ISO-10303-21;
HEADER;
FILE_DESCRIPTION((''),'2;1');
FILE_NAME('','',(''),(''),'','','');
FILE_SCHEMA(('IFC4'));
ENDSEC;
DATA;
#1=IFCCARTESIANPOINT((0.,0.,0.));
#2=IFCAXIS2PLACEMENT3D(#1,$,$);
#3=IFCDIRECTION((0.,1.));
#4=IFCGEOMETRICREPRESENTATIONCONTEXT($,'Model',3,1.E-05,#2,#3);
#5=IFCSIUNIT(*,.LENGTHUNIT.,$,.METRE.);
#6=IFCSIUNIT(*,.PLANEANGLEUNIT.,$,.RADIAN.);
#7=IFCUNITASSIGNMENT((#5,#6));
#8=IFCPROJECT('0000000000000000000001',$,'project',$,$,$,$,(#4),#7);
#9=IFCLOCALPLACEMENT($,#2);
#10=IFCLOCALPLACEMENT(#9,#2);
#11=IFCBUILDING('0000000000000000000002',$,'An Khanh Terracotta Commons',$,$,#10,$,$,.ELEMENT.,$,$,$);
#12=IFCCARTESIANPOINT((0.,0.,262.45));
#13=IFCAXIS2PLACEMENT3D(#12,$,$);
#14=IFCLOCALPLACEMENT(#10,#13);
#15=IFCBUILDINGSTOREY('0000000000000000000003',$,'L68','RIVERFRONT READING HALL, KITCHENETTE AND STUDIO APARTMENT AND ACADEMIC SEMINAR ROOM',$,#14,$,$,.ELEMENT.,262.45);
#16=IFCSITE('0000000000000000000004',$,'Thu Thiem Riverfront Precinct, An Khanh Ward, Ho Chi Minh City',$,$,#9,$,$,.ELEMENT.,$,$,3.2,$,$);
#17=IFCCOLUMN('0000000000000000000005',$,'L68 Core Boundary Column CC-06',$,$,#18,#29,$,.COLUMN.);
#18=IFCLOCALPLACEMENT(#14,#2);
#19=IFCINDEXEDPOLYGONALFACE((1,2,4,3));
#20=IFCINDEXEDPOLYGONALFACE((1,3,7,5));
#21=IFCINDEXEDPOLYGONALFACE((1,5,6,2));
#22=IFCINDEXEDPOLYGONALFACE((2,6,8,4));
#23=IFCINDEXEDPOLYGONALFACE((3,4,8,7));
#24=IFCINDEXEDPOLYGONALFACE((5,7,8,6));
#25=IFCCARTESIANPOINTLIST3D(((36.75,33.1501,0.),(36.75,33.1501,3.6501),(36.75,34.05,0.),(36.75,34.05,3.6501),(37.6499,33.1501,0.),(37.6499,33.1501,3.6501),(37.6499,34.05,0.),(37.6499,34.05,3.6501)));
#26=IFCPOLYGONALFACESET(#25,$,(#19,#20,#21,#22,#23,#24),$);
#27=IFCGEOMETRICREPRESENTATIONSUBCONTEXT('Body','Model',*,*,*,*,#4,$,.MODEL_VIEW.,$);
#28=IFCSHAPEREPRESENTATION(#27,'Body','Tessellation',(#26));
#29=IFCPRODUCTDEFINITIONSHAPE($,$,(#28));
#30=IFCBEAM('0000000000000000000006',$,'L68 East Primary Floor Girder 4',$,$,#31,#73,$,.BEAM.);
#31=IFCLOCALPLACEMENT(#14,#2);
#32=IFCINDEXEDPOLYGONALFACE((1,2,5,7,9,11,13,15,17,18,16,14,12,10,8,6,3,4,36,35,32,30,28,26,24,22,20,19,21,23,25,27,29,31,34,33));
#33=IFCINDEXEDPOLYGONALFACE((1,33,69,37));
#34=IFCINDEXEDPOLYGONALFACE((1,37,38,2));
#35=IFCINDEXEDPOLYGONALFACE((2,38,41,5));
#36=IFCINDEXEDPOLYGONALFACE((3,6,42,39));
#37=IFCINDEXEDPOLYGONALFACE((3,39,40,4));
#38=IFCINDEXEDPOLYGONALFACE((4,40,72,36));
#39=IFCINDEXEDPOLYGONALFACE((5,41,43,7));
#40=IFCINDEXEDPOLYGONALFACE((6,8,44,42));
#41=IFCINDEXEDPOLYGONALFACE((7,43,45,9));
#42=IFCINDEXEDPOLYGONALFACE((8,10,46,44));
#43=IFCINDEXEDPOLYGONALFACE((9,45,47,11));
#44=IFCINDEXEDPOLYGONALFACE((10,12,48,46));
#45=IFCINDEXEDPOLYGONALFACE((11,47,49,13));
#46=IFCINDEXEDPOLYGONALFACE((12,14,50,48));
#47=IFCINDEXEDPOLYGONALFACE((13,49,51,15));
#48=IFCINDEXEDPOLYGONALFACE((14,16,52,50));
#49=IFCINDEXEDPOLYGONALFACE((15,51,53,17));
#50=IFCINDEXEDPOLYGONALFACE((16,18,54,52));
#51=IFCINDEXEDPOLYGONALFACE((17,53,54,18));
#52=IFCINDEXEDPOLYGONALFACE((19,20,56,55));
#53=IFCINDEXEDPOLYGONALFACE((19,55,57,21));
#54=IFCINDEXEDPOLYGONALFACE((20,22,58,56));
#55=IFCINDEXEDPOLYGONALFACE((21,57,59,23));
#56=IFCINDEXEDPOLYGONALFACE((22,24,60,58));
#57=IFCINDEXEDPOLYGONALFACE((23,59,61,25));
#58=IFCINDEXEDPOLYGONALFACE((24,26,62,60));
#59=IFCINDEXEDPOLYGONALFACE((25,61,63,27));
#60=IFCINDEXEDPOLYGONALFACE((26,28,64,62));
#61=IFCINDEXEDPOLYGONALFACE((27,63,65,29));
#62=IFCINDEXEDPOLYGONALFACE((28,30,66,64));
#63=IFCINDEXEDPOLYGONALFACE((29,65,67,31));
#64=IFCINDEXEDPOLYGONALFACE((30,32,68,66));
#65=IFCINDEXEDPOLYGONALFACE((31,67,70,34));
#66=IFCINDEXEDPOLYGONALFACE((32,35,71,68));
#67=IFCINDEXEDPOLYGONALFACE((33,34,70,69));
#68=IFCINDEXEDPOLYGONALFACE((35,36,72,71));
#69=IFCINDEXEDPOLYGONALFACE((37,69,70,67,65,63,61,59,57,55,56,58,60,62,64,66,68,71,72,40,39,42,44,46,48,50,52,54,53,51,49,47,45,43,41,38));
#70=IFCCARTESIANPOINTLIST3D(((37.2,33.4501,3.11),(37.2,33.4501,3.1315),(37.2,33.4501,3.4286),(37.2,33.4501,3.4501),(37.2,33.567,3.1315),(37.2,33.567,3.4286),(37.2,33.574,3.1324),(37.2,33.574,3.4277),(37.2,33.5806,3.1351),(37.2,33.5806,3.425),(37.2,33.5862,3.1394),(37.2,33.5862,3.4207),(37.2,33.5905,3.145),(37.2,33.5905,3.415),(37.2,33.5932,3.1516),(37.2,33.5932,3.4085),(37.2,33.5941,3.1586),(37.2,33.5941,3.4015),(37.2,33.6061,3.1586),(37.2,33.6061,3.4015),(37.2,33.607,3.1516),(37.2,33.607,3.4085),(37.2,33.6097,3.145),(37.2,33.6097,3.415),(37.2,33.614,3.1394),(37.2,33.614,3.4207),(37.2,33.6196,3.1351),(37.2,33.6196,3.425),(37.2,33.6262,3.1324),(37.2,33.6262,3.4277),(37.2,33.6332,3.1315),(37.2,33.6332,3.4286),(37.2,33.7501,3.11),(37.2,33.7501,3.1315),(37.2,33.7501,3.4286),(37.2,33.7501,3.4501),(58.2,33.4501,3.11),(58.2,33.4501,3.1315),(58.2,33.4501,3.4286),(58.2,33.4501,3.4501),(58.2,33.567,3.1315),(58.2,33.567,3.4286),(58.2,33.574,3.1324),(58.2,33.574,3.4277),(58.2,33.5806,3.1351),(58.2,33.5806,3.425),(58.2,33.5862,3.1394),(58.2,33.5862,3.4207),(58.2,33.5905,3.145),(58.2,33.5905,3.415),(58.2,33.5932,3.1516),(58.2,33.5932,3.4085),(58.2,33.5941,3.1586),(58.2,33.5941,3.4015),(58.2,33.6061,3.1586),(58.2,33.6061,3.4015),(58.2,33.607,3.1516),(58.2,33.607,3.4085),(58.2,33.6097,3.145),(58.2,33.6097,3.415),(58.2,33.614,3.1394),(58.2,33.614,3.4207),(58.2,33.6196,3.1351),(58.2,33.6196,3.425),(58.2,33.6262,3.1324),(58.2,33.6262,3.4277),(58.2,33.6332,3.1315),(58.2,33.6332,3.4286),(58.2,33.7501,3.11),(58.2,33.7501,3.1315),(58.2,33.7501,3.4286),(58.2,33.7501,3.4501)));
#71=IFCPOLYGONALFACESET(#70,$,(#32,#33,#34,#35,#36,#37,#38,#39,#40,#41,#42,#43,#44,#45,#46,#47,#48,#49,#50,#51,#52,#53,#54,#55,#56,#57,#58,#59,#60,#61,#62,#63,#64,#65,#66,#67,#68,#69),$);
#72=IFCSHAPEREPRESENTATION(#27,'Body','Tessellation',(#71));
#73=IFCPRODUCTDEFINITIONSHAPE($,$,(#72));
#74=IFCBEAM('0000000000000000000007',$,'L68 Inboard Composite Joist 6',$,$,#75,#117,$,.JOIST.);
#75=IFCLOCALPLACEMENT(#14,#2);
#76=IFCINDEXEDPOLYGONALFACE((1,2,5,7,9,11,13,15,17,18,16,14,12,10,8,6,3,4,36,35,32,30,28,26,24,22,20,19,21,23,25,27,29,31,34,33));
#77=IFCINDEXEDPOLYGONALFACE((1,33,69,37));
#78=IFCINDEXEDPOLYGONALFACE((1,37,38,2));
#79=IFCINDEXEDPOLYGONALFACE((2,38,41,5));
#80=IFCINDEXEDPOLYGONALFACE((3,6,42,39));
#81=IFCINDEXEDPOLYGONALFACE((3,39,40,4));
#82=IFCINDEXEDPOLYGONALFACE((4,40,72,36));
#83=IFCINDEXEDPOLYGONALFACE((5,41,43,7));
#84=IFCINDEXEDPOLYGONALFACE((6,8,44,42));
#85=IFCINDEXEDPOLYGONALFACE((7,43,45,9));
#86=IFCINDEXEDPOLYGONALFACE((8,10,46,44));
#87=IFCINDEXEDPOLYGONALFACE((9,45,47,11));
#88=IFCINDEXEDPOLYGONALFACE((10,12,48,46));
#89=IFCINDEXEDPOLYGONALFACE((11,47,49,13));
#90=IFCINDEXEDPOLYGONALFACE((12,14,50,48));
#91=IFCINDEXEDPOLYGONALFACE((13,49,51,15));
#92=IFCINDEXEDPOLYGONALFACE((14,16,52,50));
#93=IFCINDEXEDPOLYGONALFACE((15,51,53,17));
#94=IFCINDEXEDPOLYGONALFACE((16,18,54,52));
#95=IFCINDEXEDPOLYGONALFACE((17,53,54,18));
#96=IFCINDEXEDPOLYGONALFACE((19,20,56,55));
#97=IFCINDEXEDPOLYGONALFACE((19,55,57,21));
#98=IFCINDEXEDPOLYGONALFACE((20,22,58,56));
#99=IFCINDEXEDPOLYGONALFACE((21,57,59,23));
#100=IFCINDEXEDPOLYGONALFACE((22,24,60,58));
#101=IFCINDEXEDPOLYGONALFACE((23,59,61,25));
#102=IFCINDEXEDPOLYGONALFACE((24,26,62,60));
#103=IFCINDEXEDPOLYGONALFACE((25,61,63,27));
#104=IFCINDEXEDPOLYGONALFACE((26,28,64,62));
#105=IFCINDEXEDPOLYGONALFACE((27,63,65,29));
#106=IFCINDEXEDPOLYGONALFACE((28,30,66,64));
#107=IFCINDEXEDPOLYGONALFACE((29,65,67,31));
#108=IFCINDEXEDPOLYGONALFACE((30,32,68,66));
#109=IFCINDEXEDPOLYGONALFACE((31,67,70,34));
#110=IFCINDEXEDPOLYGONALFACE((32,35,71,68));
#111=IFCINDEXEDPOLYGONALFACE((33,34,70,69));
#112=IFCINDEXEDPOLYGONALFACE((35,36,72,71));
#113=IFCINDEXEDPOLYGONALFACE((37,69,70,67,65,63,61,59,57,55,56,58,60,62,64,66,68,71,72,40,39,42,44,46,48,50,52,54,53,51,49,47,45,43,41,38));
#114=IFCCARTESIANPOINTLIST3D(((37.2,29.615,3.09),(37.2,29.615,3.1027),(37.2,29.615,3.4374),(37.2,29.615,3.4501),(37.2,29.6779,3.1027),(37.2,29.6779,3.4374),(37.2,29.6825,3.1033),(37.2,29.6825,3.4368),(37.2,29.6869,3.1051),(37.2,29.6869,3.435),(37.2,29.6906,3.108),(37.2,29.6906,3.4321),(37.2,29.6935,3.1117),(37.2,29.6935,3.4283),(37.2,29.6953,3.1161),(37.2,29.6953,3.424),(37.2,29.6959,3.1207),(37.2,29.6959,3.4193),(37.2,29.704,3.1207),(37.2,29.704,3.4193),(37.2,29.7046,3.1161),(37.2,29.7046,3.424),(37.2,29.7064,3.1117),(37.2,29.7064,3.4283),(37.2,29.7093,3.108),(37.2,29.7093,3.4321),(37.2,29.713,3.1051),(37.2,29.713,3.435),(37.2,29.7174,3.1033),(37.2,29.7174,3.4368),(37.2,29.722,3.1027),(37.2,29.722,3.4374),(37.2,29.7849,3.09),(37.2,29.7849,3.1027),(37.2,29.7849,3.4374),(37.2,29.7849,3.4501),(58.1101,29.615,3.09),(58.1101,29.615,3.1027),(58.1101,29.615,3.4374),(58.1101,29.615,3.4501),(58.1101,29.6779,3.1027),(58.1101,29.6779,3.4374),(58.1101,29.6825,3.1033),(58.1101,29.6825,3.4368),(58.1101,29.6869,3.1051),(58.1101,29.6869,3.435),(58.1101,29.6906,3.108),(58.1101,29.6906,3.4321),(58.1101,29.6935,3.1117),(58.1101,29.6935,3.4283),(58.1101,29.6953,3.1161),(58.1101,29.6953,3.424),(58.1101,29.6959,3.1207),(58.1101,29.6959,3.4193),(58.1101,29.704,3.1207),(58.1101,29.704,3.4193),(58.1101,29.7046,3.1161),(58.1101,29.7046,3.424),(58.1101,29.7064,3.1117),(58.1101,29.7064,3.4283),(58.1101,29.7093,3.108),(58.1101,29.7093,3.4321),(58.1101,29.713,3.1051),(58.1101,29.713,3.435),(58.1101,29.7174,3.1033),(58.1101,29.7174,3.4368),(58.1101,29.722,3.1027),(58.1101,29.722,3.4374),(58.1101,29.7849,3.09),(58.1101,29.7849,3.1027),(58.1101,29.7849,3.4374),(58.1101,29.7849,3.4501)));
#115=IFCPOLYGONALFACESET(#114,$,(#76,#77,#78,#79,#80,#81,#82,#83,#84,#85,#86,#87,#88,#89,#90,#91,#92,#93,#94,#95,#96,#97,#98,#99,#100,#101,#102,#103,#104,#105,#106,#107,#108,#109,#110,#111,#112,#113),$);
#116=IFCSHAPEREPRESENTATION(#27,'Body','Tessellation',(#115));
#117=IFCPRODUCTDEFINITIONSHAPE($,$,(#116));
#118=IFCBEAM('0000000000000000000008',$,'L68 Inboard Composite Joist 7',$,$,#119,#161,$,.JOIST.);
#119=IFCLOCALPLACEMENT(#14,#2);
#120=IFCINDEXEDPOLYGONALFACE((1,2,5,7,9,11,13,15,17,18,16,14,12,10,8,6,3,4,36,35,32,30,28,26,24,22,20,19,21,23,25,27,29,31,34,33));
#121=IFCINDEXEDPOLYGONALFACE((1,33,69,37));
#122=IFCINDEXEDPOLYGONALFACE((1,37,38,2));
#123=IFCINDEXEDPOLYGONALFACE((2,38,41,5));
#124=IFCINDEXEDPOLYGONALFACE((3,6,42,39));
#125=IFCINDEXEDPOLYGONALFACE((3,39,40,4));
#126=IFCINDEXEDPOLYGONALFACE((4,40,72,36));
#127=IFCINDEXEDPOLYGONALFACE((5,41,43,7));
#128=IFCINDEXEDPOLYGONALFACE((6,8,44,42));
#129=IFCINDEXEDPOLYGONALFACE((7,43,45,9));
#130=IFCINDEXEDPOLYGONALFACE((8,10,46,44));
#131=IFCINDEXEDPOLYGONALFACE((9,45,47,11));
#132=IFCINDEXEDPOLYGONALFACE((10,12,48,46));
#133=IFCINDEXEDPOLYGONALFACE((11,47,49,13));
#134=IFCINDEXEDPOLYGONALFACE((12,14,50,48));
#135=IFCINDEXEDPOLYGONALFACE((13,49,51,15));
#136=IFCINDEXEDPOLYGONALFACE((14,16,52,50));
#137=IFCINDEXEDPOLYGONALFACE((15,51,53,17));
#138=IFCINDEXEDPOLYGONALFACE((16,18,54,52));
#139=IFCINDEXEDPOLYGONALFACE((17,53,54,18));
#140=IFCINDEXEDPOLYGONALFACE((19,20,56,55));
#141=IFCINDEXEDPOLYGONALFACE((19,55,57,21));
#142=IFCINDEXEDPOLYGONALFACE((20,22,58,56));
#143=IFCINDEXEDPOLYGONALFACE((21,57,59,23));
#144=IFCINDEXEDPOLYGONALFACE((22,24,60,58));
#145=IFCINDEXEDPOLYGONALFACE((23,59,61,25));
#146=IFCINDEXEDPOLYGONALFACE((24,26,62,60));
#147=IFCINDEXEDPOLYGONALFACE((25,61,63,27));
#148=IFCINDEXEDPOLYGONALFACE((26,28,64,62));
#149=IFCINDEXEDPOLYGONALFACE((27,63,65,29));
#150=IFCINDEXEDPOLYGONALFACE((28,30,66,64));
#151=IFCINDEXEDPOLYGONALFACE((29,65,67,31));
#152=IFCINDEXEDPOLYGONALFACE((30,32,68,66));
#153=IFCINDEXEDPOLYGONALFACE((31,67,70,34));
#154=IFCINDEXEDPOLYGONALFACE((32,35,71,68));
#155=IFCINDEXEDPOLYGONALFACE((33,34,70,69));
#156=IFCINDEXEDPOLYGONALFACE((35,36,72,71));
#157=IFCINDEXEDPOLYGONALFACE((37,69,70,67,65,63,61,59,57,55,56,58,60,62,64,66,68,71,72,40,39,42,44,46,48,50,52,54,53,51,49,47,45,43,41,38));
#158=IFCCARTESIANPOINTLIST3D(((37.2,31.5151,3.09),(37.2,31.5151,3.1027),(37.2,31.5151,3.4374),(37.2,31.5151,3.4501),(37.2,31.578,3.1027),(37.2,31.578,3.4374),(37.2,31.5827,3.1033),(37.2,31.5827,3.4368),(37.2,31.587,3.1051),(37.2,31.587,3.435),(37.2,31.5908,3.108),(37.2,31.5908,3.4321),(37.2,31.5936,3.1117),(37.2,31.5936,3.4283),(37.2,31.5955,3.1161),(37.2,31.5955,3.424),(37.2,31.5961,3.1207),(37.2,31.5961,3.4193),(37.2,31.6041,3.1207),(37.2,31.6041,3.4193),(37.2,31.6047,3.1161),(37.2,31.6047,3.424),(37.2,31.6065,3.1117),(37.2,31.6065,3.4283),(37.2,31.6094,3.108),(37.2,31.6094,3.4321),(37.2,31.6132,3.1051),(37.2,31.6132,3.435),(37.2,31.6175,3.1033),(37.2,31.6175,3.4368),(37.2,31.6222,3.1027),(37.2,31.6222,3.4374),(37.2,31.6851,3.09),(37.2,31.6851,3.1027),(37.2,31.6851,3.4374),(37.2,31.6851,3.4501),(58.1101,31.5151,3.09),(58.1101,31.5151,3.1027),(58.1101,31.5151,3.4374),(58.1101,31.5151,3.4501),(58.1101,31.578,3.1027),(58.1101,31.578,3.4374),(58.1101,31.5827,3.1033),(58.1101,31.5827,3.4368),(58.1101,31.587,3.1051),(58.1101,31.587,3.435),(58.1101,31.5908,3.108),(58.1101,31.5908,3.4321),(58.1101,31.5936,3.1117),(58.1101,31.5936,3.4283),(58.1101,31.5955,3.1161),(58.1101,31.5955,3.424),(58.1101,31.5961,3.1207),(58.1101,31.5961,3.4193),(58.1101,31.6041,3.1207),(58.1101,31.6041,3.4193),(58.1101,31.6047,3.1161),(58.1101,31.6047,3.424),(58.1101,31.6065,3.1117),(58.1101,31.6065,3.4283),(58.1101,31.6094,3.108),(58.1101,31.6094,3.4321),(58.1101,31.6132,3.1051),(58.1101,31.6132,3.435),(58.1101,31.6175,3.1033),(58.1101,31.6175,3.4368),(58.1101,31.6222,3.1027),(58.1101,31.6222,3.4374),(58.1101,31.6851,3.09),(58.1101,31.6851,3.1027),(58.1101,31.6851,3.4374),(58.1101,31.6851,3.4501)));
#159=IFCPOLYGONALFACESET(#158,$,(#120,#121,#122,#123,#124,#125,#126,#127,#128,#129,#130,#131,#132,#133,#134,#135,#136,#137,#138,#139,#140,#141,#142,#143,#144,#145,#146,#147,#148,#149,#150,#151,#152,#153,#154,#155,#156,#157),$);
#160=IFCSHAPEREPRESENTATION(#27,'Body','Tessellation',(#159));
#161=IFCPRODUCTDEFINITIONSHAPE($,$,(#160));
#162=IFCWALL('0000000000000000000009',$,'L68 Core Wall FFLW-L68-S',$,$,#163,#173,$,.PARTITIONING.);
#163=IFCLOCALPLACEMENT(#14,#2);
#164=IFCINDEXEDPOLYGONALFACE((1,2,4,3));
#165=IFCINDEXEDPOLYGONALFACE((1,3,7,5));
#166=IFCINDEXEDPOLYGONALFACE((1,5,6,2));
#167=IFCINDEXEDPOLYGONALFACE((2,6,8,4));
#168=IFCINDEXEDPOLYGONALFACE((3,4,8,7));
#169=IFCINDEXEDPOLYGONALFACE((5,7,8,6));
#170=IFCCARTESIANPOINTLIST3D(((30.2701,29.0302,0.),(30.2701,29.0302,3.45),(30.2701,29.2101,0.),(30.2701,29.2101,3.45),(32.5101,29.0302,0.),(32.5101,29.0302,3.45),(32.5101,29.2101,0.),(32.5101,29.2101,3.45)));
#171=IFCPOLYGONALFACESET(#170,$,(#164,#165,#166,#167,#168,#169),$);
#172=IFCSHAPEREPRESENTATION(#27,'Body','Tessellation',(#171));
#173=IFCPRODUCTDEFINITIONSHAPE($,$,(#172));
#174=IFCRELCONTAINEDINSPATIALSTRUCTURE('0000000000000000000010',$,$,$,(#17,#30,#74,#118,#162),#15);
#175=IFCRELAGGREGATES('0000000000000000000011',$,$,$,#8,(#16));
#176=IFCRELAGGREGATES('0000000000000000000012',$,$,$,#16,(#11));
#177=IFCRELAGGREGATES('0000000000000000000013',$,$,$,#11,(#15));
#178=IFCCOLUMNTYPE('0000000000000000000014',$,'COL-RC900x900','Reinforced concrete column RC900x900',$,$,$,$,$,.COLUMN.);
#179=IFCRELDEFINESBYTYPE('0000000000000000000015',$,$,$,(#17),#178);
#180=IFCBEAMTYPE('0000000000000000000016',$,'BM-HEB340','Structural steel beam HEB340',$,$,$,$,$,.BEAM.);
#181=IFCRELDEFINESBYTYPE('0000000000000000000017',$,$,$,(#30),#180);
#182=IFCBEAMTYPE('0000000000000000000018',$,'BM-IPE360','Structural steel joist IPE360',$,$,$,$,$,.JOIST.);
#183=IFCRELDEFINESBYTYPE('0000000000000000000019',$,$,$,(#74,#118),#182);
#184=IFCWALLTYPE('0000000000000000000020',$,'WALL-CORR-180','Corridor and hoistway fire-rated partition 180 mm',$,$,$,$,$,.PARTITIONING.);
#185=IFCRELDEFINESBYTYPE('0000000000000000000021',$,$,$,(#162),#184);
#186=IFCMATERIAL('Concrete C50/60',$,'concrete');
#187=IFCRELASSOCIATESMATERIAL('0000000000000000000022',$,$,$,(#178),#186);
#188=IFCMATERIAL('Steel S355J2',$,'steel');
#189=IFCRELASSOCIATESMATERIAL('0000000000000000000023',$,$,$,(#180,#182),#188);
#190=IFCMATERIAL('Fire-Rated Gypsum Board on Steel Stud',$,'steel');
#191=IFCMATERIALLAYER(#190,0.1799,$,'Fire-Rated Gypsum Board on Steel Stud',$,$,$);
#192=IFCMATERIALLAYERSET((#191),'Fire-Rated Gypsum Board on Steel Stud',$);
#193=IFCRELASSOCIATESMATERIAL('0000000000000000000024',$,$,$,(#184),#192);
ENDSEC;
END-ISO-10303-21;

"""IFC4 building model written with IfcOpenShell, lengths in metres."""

from ifc_helpers import new_model, si_unit, direction, frame, frame_2d, origin, origin_2d, place, context, subcontext, project, spatial, rectangle, i_section, extrude, material, layer, layer_set, material_profile, profile_set, type_object, element, save


model = new_model("IFC4")

# Units and contexts
model_context = context("Model", 3, precision=1e-05, world=origin(), true_north=direction((0.0, 1.0)))
body_context = subcontext(model_context, "Body", "Model", "MODEL_VIEW")
ifc_project = project(units=[si_unit("LENGTHUNIT", "METRE"), si_unit("PLANEANGLEUNIT", "RADIAN")], contexts=[model_context])

# Site, building, storey
site_placement = place(None, origin())
site = spatial("IfcSite", under=ifc_project, at=site_placement, Name="Thu Thiem Riverfront Precinct, An Khanh Ward, Ho Chi Minh City", CompositionType="ELEMENT", RefElevation=3.2)
building_placement = place(site_placement, origin())
building = spatial("IfcBuilding", under=site, at=building_placement, Name="An Khanh Terracotta Commons", CompositionType="ELEMENT")
storey_placement = place(building_placement, frame((0.0, 0.0, 262.45)))
storey = spatial("IfcBuildingStorey", under=building, at=storey_placement, Name="L68", Description="RIVERFRONT READING HALL, KITCHENETTE AND STUDIO APARTMENT AND ACADEMIC SEMINAR ROOM", CompositionType="ELEMENT", Elevation=262.45)

# Column
ifc_material_1 = material(Name="Concrete C50/60", Category="concrete")
ifc_material_profile_1 = material_profile(ifc_material_1, rectangle(XDim=0.8999, YDim=0.8999, at=origin_2d()), Name="RC900x900")
ifc_profile_set_1 = profile_set([ifc_material_profile_1], Name="Concrete C50/60")
column_type = type_object("IfcColumnType", Name="COL-RC900x900", Description="Reinforced concrete column RC900x900", PredefinedType="COLUMN", material=ifc_profile_set_1)
column_placement = place(storey_placement, frame((37.2, 33.6001, 0.0), z_axis=(0.0, 0.0, 1.0), x_axis=(1.0, 0.0, 0.0)))
element("IfcColumn", 1, at=column_placement, inside=storey, type_object=column_type, Name="L68 Core Boundary Column CC-06", PredefinedType="COLUMN", context=body_context, shape_type="SweptSolid", body=[
    extrude(rectangle(XDim=0.8999, YDim=0.8999, at=origin_2d()), origin(), (0.0, 0.0, 1.0), 3.6501),
])

# Beams
ifc_material_2 = material(Name="Steel S355J2", Category="steel")
ifc_material_profile_2 = material_profile(ifc_material_2, i_section(OverallWidth=0.3, OverallDepth=0.3401, WebThickness=0.012, FlangeThickness=0.0215, FilletRadius=0.0271, at=origin_2d()), Name="HEB340")
ifc_profile_set_2 = profile_set([ifc_material_profile_2], Name="Steel S355J2")
beam_type_1 = type_object("IfcBeamType", Name="BM-HEB340", Description="Structural steel beam HEB340", PredefinedType="BEAM", material=ifc_profile_set_2)
beam_placement = place(storey_placement, frame((37.2, 33.6001, 3.28), z_axis=(1.0, 0.0, 0.0), x_axis=(0.0, 1.0, 0.0)))
element("IfcBeam", 2, at=beam_placement, inside=storey, type_object=beam_type_1, Name="L68 East Primary Floor Girder 4", PredefinedType="BEAM", context=body_context, shape_type="SweptSolid", body=[
    extrude(i_section(OverallWidth=0.3, OverallDepth=0.3401, WebThickness=0.012, FlangeThickness=0.0215, FilletRadius=0.0271, at=origin_2d()), origin(), (0.0, 0.0, 1.0), 21.0),
])
ifc_material_profile_3 = material_profile(ifc_material_2, i_section(OverallWidth=0.1699, OverallDepth=0.3601, WebThickness=0.0081, FlangeThickness=0.0127, FilletRadius=0.0181, at=origin_2d()), Name="IPE360")
ifc_profile_set_3 = profile_set([ifc_material_profile_3], Name="Steel S355J2")
beam_type_2 = type_object("IfcBeamType", Name="BM-IPE360", Description="Structural steel joist IPE360", PredefinedType="JOIST", material=ifc_profile_set_3)
for number, where, z_axis, x_axis, name in (
    (3, (37.2, 29.7, 3.27), (1.0, 0.0, 0.0), (0.0, 1.0, 0.0), "L68 Inboard Composite Joist 6"),
    (4, (37.2, 31.6001, 3.27), (1.0, 0.0, 0.0), (0.0, 1.0, 0.0), "L68 Inboard Composite Joist 7"),
):
    element("IfcBeam", number, at=place(storey_placement, frame(where, z_axis=z_axis, x_axis=x_axis)), inside=storey, type_object=beam_type_2, Name=name, PredefinedType="JOIST", context=body_context, shape_type="SweptSolid", body=[
        extrude(i_section(OverallWidth=0.1699, OverallDepth=0.3601, WebThickness=0.0081, FlangeThickness=0.0127, FilletRadius=0.0181, at=origin_2d()), origin(), (0.0, 0.0, 1.0), 20.9102),
    ])

# Wall
ifc_material_3 = material(Name="Fire-Rated Gypsum Board on Steel Stud", Category="steel")
ifc_layer_1 = layer(ifc_material_3, 0.1799, Name="Fire-Rated Gypsum Board on Steel Stud")
ifc_layer_set_1 = layer_set([ifc_layer_1], Name="Fire-Rated Gypsum Board on Steel Stud")
wall_type_1 = type_object("IfcWallType", Name="WALL-CORR-180", Description="Corridor and hoistway fire-rated partition 180 mm", PredefinedType="PARTITIONING", material=ifc_layer_set_1)
wall_1_placement = place(storey_placement, frame((30.27, 29.1201, 0.0), z_axis=(0.0, 0.0, 1.0), x_axis=(1.0, 0.0, 0.0)))
element("IfcWall", 5, at=wall_1_placement, inside=storey, type_object=wall_type_1, Name="L68 Core Wall FFLW-L68-S", PredefinedType="PARTITIONING", context=body_context, shape_type="SweptSolid", body=[
    extrude(rectangle(XDim=2.24, YDim=0.1799, at=frame_2d((1.1201, 0.0))), origin(), (0.0, 0.0, 1.0), 3.45),
])

save(model, "model.ifc")
